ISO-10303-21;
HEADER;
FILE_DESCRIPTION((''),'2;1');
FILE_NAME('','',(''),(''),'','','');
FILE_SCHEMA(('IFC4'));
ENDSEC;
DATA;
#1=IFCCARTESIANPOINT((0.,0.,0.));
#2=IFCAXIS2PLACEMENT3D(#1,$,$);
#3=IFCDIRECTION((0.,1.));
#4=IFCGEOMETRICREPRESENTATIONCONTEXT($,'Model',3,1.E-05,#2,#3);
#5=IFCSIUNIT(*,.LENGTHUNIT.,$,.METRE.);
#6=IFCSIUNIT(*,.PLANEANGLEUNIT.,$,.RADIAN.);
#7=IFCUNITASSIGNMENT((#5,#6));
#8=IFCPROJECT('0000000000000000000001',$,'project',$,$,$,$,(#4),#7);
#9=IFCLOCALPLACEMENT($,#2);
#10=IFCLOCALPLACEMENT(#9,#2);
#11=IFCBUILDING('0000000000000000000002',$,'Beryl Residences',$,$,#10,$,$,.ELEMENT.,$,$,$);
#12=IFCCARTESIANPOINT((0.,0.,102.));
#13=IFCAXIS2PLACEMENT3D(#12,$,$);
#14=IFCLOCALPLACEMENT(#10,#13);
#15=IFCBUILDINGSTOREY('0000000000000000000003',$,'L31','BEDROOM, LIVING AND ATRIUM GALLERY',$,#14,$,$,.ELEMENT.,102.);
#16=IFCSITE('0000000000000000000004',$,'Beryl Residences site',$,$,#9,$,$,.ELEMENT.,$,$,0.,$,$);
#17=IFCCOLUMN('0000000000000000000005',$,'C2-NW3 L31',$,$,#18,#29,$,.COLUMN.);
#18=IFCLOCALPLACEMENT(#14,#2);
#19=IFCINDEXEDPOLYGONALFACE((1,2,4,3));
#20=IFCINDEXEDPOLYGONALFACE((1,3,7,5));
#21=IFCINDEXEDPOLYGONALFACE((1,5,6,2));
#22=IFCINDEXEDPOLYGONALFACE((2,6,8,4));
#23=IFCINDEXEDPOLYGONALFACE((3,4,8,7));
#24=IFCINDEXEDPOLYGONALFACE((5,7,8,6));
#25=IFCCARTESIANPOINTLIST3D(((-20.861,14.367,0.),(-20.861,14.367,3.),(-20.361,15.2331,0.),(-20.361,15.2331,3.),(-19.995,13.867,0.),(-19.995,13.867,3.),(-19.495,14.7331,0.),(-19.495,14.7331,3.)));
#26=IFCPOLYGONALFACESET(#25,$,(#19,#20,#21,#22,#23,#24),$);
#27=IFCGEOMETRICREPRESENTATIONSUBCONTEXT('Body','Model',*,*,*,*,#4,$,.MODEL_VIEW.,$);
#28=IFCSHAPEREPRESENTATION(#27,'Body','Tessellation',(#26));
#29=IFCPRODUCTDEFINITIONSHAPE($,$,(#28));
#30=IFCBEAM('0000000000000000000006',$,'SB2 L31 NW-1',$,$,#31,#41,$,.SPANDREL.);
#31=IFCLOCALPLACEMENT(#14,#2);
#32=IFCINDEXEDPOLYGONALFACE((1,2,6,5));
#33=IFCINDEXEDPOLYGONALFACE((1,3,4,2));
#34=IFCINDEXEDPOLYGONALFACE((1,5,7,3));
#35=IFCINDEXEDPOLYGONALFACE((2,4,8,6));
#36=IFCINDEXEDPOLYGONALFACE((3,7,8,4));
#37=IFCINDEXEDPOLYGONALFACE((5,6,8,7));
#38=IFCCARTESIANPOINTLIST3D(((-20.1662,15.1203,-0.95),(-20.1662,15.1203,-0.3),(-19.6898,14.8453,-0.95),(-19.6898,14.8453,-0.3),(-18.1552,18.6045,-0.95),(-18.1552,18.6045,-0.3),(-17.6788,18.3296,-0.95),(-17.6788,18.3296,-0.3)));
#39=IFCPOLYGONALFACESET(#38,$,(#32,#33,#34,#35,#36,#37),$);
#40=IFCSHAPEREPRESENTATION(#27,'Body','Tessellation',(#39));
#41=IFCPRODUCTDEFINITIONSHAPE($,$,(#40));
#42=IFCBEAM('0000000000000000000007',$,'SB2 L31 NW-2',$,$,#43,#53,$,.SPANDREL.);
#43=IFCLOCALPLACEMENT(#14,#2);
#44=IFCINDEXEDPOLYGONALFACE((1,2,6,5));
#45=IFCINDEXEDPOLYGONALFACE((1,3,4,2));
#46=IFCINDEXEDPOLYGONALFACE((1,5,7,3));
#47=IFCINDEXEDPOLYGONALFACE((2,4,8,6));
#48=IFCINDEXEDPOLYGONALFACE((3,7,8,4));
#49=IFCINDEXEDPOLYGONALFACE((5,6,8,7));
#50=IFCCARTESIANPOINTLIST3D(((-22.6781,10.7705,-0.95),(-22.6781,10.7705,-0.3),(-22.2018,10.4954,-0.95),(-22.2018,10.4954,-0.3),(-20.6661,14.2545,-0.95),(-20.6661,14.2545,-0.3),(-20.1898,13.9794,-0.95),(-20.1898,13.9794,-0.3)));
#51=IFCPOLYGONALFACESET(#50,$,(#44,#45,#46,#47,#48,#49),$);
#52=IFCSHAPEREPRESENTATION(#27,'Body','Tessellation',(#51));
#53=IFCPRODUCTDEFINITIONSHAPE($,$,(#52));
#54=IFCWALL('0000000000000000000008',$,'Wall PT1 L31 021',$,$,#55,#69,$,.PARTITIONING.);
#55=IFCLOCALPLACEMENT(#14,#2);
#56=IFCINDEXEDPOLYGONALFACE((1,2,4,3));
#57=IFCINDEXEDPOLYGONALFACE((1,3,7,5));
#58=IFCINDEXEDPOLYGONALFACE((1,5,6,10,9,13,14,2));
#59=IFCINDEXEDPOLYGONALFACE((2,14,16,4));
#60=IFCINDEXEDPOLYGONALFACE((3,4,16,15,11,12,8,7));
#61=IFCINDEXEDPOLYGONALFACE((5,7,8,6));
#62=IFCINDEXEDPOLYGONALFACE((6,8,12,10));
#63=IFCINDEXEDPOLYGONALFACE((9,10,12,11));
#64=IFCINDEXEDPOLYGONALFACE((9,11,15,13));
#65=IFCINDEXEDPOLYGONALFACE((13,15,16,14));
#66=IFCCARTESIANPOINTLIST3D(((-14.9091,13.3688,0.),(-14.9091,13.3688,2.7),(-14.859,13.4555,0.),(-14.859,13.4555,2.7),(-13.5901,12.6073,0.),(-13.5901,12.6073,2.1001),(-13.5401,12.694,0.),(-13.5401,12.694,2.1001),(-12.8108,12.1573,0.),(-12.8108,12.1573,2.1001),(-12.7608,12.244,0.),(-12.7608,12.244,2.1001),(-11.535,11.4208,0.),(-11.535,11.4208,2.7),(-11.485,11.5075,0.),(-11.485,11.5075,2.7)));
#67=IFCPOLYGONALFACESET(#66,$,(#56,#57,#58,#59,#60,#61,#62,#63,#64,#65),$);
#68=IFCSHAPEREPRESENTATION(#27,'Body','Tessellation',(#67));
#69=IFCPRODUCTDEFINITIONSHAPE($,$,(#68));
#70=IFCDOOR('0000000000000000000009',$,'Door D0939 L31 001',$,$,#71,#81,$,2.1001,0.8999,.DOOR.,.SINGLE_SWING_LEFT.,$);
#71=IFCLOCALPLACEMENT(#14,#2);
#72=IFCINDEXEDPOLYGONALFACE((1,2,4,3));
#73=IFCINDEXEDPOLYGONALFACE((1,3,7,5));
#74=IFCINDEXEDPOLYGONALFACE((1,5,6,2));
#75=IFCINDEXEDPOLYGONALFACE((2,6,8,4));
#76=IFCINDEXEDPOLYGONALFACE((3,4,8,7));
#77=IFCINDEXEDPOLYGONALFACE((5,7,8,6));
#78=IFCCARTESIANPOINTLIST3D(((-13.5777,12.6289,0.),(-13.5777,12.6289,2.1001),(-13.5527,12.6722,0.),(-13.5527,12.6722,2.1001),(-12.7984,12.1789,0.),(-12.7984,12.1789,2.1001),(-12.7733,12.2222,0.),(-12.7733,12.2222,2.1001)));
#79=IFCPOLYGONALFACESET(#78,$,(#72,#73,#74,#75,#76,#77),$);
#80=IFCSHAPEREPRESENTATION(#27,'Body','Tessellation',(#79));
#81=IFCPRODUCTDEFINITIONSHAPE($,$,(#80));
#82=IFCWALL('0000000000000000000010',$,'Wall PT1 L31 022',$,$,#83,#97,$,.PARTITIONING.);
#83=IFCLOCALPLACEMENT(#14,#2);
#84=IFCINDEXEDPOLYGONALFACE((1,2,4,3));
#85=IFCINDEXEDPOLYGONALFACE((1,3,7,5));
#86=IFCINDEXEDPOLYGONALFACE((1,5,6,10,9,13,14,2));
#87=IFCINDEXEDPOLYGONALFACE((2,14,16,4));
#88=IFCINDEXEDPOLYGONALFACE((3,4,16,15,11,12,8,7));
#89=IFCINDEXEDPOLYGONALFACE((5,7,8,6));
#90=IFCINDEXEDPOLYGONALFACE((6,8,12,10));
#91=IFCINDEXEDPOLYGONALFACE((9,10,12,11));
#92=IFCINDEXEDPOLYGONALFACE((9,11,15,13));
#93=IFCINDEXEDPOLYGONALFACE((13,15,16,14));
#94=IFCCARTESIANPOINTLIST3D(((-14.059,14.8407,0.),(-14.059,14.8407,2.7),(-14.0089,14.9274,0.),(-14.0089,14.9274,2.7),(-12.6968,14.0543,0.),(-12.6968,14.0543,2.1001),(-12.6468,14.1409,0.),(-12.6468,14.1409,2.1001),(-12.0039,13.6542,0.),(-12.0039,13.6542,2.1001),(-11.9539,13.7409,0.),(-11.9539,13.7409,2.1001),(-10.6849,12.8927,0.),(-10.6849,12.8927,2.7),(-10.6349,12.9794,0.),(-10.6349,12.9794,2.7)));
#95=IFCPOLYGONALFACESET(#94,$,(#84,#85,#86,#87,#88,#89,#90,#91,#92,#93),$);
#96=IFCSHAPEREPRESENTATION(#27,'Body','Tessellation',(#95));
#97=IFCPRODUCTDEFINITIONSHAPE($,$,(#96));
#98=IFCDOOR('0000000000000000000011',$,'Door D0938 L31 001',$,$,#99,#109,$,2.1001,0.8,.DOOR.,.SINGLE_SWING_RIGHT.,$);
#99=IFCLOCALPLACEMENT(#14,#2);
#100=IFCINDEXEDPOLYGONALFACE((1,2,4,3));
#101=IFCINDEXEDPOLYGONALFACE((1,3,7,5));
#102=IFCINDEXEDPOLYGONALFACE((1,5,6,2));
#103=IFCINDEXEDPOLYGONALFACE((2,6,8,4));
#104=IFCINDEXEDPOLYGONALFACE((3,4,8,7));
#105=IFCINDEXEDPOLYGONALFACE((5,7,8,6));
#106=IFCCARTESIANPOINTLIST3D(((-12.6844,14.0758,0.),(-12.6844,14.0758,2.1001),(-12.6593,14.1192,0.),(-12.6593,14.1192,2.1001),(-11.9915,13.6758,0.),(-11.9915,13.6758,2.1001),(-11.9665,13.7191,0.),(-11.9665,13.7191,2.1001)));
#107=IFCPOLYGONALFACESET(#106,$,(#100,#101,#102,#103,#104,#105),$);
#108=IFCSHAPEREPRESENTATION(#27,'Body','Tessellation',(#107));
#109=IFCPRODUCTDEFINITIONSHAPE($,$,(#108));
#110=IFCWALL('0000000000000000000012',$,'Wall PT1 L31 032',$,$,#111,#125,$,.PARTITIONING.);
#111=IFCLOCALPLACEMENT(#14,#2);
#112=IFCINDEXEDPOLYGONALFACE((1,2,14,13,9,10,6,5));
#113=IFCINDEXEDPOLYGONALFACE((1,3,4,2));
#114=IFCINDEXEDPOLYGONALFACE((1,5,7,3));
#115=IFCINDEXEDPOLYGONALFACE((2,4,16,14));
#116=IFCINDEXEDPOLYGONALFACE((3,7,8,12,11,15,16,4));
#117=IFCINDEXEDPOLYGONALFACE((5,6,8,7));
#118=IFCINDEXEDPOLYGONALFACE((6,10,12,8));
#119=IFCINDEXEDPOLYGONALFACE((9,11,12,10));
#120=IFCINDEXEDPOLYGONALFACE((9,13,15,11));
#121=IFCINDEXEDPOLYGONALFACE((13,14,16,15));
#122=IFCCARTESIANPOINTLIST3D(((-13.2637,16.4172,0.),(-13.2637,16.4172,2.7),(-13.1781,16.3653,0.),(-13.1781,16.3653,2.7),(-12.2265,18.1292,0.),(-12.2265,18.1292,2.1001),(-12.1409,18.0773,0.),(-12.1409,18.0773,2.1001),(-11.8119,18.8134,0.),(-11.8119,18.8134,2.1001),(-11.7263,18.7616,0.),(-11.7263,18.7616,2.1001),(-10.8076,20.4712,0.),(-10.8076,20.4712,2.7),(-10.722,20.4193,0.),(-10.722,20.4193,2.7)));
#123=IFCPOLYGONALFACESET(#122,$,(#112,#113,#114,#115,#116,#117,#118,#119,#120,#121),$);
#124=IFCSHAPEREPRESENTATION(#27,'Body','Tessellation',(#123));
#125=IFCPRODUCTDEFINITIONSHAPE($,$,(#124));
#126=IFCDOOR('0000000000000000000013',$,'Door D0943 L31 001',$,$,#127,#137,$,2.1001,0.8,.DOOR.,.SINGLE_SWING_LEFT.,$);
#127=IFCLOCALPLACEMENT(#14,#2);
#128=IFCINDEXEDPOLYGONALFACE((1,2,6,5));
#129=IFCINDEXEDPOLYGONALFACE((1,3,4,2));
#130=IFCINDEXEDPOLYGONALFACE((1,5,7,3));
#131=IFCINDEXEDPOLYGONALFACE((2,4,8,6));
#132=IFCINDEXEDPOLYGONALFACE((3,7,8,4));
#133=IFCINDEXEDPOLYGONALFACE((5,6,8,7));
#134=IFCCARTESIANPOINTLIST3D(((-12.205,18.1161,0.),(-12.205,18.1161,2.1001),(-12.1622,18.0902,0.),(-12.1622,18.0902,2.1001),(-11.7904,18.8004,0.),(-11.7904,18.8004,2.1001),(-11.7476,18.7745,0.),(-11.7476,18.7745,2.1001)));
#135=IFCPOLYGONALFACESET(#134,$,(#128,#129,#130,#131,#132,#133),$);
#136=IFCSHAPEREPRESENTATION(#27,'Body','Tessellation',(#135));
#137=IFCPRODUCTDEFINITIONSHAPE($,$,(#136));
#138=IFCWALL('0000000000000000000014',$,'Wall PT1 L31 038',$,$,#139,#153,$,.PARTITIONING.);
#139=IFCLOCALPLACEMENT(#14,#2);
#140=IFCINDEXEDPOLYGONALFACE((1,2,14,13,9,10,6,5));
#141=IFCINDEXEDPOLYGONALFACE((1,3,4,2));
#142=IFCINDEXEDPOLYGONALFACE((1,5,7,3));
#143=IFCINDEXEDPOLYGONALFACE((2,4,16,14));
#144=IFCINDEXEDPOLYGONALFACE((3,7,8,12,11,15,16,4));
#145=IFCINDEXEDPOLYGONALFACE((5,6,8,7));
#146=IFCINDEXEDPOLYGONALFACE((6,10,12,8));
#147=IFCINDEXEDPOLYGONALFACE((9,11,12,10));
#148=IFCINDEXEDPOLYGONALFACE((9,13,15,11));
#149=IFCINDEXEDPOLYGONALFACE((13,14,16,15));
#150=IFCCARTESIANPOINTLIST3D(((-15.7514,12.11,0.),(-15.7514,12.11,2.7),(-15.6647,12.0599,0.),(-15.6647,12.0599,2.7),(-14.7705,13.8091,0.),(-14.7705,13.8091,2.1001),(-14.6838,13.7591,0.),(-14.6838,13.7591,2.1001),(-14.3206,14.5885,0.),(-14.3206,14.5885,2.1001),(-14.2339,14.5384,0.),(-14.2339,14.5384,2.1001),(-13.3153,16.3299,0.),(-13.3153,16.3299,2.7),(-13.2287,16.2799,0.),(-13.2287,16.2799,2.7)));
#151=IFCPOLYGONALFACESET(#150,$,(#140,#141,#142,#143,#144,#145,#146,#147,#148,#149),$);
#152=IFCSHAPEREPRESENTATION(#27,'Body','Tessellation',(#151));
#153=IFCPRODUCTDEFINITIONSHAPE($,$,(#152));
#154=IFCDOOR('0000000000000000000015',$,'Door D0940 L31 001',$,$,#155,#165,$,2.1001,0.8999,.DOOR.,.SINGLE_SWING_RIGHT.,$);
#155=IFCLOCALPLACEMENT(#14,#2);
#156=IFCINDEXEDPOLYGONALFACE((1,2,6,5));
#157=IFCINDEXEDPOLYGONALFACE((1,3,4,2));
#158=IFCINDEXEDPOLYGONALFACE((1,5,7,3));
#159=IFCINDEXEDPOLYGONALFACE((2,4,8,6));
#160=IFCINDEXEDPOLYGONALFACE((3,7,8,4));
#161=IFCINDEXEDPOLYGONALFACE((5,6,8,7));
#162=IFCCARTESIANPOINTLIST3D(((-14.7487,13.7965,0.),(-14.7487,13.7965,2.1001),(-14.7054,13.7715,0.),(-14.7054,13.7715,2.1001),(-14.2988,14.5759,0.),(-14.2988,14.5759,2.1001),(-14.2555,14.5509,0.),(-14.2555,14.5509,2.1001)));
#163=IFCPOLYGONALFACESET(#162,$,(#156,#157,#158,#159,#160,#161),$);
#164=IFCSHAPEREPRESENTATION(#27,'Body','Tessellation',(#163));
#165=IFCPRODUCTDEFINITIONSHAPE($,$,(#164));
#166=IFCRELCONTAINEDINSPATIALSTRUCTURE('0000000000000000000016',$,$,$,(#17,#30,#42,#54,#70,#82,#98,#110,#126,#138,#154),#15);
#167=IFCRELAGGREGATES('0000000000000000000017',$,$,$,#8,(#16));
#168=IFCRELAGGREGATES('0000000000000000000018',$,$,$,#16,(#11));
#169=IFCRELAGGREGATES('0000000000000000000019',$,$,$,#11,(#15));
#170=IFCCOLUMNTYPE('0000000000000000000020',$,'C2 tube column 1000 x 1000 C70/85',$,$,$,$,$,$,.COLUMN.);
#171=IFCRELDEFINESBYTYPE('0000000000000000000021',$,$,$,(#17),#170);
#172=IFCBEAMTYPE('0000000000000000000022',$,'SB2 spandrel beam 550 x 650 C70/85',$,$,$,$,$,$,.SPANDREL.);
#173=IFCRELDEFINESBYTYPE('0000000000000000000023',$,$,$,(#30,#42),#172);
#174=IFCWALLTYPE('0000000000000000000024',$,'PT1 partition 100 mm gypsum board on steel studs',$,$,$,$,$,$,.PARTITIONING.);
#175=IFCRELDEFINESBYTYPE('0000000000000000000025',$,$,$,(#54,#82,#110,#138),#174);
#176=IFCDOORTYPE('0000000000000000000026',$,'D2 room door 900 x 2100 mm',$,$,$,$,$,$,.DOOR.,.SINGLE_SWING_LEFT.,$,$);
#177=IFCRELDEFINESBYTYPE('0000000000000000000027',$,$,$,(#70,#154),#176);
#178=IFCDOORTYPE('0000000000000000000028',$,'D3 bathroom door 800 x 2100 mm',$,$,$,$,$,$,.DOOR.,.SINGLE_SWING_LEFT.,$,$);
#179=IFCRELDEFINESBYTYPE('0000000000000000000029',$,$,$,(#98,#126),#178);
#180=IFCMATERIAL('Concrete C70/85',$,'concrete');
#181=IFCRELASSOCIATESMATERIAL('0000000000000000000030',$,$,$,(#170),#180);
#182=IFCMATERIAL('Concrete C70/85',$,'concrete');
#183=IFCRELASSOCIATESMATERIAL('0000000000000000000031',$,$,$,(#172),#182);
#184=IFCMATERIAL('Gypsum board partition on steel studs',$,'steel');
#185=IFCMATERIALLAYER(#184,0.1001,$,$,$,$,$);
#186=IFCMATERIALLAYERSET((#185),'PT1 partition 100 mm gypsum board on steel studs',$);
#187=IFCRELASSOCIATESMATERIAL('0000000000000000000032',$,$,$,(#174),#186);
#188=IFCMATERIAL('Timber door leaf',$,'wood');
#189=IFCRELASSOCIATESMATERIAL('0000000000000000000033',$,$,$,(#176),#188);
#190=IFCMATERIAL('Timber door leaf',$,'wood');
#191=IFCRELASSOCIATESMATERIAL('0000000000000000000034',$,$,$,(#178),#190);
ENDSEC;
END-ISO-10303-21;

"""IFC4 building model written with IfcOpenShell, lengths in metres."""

from ifc_helpers import new_model, si_unit, direction, frame, frame_2d, origin, origin_2d, place, context, subcontext, project, spatial, rectangle, extrude, material, layer, layer_set, material_profile, profile_set, type_object, element, fill, save


model = new_model("IFC4")

# Units and contexts
model_context = context("Model", 3, precision=1e-05, world=origin(), true_north=direction((0.0, 1.0)))
body_context = subcontext(model_context, "Body", "Model", "MODEL_VIEW")
ifc_project = project(units=[si_unit("LENGTHUNIT", "METRE"), si_unit("PLANEANGLEUNIT", "RADIAN")], contexts=[model_context])

# Site, building, storey
site_placement = place(None, origin())
site = spatial("IfcSite", under=ifc_project, at=site_placement, Name="Beryl Residences site", CompositionType="ELEMENT", RefElevation=0.0)
building_placement = place(site_placement, origin())
building = spatial("IfcBuilding", under=site, at=building_placement, Name="Beryl Residences", CompositionType="ELEMENT")
storey_placement = place(building_placement, frame((0.0, 0.0, 102.0)))
storey = spatial("IfcBuildingStorey", under=building, at=storey_placement, Name="L31", Description="BEDROOM, LIVING AND ATRIUM GALLERY", CompositionType="ELEMENT", Elevation=102.0)

# Column
ifc_material_1 = material(Name="Concrete C70/85", Category="concrete")
ifc_material_profile_1 = material_profile(ifc_material_1, rectangle(XDim=1.0, YDim=1.0, at=origin_2d()))
ifc_profile_set_1 = profile_set([ifc_material_profile_1], Name="Concrete C70/85")
column_type = type_object("IfcColumnType", Name="C2 tube column 1000 x 1000 C70/85", PredefinedType="COLUMN", material=ifc_profile_set_1)
column_placement = place(storey_placement, frame((-20.178, 14.55, 0.0), z_axis=(0.0, 0.0, 1.0), x_axis=(-0.5, -0.866025, 0.0)))
element("IfcColumn", 1, at=column_placement, inside=storey, type_object=column_type, Name="C2-NW3 L31", PredefinedType="COLUMN", context=body_context, shape_type="SweptSolid", body=[
    extrude(rectangle(XDim=1.0, YDim=1.0, at=origin_2d()), origin(), (0.0, 0.0, 1.0), 3.0),
])

# Beams
ifc_material_2 = material(Name="Concrete C70/85", Category="concrete")
ifc_material_profile_2 = material_profile(ifc_material_2, rectangle(XDim=0.55, YDim=0.6499, at=origin_2d()))
ifc_profile_set_2 = profile_set([ifc_material_profile_2], Name="Concrete C70/85")
beam_type = type_object("IfcBeamType", Name="SB2 spandrel beam 550 x 650 C70/85", PredefinedType="SPANDREL", material=ifc_profile_set_2)
beam_1_placement = place(storey_placement, frame((-17.917, 18.467, -0.625), z_axis=(-0.499892, -0.866088, 0.0), x_axis=(0.866088, -0.499892, 0.0)))
element("IfcBeam", 2, at=beam_1_placement, inside=storey, type_object=beam_type, Name="SB2 L31 NW-1", PredefinedType="SPANDREL", context=body_context, shape_type="SweptSolid", body=[
    extrude(rectangle(XDim=0.55, YDim=0.6499, at=origin_2d()), origin(), (0.0, 0.0, 1.0), 4.0229),
])
beam_2_placement = place(storey_placement, frame((-20.428, 14.1169, -0.625), z_axis=(-0.500101, -0.865967, 0.0), x_axis=(0.865967, -0.500101, 0.0)))
element("IfcBeam", 3, at=beam_2_placement, inside=storey, type_object=beam_type, Name="SB2 L31 NW-2", PredefinedType="SPANDREL", context=body_context, shape_type="SweptSolid", body=[
    extrude(rectangle(XDim=0.55, YDim=0.6499, at=origin_2d()), origin(), (0.0, 0.0, 1.0), 4.0232),
])

# Walls, openings, doors
ifc_material_3 = material(Name="Gypsum board partition on steel studs", Category="steel")
ifc_layer_1 = layer(ifc_material_3, 0.1001)
ifc_layer_set_1 = layer_set([ifc_layer_1], Name="PT1 partition 100 mm gypsum board on steel studs")
wall_type_1 = type_object("IfcWallType", Name="PT1 partition 100 mm gypsum board on steel studs", PredefinedType="PARTITIONING", material=ifc_layer_set_1)
wall_1_placement = place(storey_placement, frame((-14.884, 13.4121, 0.0), z_axis=(0.0, 0.0, 1.0), x_axis=(0.866025, -0.500001, 0.0)))
wall_1 = element("IfcWall", 4, at=wall_1_placement, inside=storey, type_object=wall_type_1, Name="Wall PT1 L31 021", PredefinedType="PARTITIONING", context=body_context, shape_type="SweptSolid", body=[
    extrude(rectangle(XDim=3.896, YDim=0.1001, at=frame_2d((1.948, 0.0))), origin(), (0.0, 0.0, 1.0), 2.7),
])
opening_1_placement = place(wall_1_placement, frame((1.5229, 0.0, 0.0)))
opening_1 = element("IfcOpeningElement", 5, at=opening_1_placement, cuts=wall_1, PredefinedType="OPENING", context=body_context, shape_type="SweptSolid", body=[
    extrude(rectangle(XDim=0.8999, YDim=2.1001, at=frame_2d((0.45, 1.05))), frame((0.0, 0.0601, 0.0), z_axis=(0.0, -1.0, 0.0), x_axis=(1.0, 0.0, 0.0)), (0.0, 0.0, 1.0), 0.1201),
])
ifc_material_4 = material(Name="Timber door leaf", Category="wood")
door_type_1 = type_object("IfcDoorType", Name="D2 room door 900 x 2100 mm", OperationType="SINGLE_SWING_LEFT", PredefinedType="DOOR", material=ifc_material_4)
door_1_placement = place(opening_1_placement, origin())
door_1 = element("IfcDoor", 6, at=door_1_placement, inside=storey, type_object=door_type_1, Name="Door D0939 L31 001", OperationType="SINGLE_SWING_LEFT", OverallHeight=2.1001, OverallWidth=0.8999, PredefinedType="DOOR", context=body_context, shape_type="SweptSolid", body=[
    extrude(rectangle(XDim=0.8999, YDim=2.1001, at=frame_2d((0.45, 1.05))), frame((0.0, 0.0249, 0.0), z_axis=(0.0, -1.0, 0.0), x_axis=(1.0, 0.0, 0.0)), (0.0, 0.0, 1.0), 0.05),
])
fill(opening_1, door_1)
wall_2_placement = place(storey_placement, frame((-14.0339, 14.884, 0.0), z_axis=(0.0, 0.0, 1.0), x_axis=(0.866025, -0.500001, 0.0)))
wall_2 = element("IfcWall", 7, at=wall_2_placement, inside=storey, type_object=wall_type_1, Name="Wall PT1 L31 022", PredefinedType="PARTITIONING", context=body_context, shape_type="SweptSolid", body=[
    extrude(rectangle(XDim=3.896, YDim=0.1001, at=frame_2d((1.948, 0.0))), origin(), (0.0, 0.0, 1.0), 2.7),
])
opening_2_placement = place(wall_2_placement, frame((1.573, 0.0, 0.0)))
opening_2 = element("IfcOpeningElement", 8, at=opening_2_placement, cuts=wall_2, PredefinedType="OPENING", context=body_context, shape_type="SweptSolid", body=[
    extrude(rectangle(XDim=0.8, YDim=2.1001, at=frame_2d((0.3999, 1.05))), frame((0.0, 0.0601, 0.0), z_axis=(0.0, -1.0, 0.0), x_axis=(1.0, 0.0, 0.0)), (0.0, 0.0, 1.0), 0.1201),
])
ifc_material_5 = material(Name="Timber door leaf", Category="wood")
door_type_2 = type_object("IfcDoorType", Name="D3 bathroom door 800 x 2100 mm", OperationType="SINGLE_SWING_LEFT", PredefinedType="DOOR", material=ifc_material_5)
door_2_placement = place(opening_2_placement, origin())
door_2 = element("IfcDoor", 9, at=door_2_placement, inside=storey, type_object=door_type_2, Name="Door D0938 L31 001", OperationType="SINGLE_SWING_RIGHT", OverallHeight=2.1001, OverallWidth=0.8, PredefinedType="DOOR", context=body_context, shape_type="SweptSolid", body=[
    extrude(rectangle(XDim=0.8, YDim=2.1001, at=frame_2d((0.3999, 1.05))), frame((0.0, 0.0249, 0.0), z_axis=(0.0, -1.0, 0.0), x_axis=(1.0, 0.0, 0.0)), (0.0, 0.0, 1.0), 0.05),
])
fill(opening_2, door_2)
wall_3_placement = place(storey_placement, frame((-13.2209, 16.3911, 0.0), z_axis=(0.0, 0.0, 1.0), x_axis=(0.518165, 0.855281, 0.0)))
wall_3 = element("IfcWall", 10, at=wall_3_placement, inside=storey, type_object=wall_type_1, Name="Wall PT1 L31 032", PredefinedType="PARTITIONING", context=body_context, shape_type="SweptSolid", body=[
    extrude(rectangle(XDim=4.74, YDim=0.1001, at=frame_2d((2.3701, 0.0))), origin(), (0.0, 0.0, 1.0), 2.7),
])
opening_3_placement = place(wall_3_placement, frame((2.002, 0.0, 0.0)))
opening_3 = element("IfcOpeningElement", 11, at=opening_3_placement, cuts=wall_3, PredefinedType="OPENING", context=body_context, shape_type="SweptSolid", body=[
    extrude(rectangle(XDim=0.8, YDim=2.1001, at=frame_2d((0.3999, 1.05))), frame((0.0, 0.0601, 0.0), z_axis=(0.0, -1.0, 0.0), x_axis=(1.0, 0.0, 0.0)), (0.0, 0.0, 1.0), 0.1201),
])
door_3_placement = place(opening_3_placement, origin())
door_3 = element("IfcDoor", 12, at=door_3_placement, inside=storey, type_object=door_type_2, Name="Door D0943 L31 001", OperationType="SINGLE_SWING_LEFT", OverallHeight=2.1001, OverallWidth=0.8, PredefinedType="DOOR", context=body_context, shape_type="SweptSolid", body=[
    extrude(rectangle(XDim=0.8, YDim=2.1001, at=frame_2d((0.3999, 1.05))), frame((0.0, 0.0249, 0.0), z_axis=(0.0, -1.0, 0.0), x_axis=(1.0, 0.0, 0.0)), (0.0, 0.0, 1.0), 0.05),
])
fill(opening_3, door_3)
wall_4_placement = place(storey_placement, frame((-15.708, 12.085, 0.0), z_axis=(0.0, 0.0, 1.0), x_axis=(0.499944, 0.866058, 0.0)))
wall_4 = element("IfcWall", 13, at=wall_4_placement, inside=storey, type_object=wall_type_1, Name="Wall PT1 L31 038", PredefinedType="PARTITIONING", context=body_context, shape_type="SweptSolid", body=[
    extrude(rectangle(XDim=4.8726, YDim=0.1001, at=frame_2d((2.4363, 0.0))), origin(), (0.0, 0.0, 1.0), 2.7),
])
opening_4_placement = place(wall_4_placement, frame((1.9619, 0.0, 0.0)))
opening_4 = element("IfcOpeningElement", 14, at=opening_4_placement, cuts=wall_4, PredefinedType="OPENING", context=body_context, shape_type="SweptSolid", body=[
    extrude(rectangle(XDim=0.8999, YDim=2.1001, at=frame_2d((0.45, 1.05))), frame((0.0, 0.0601, 0.0), z_axis=(0.0, -1.0, 0.0), x_axis=(1.0, 0.0, 0.0)), (0.0, 0.0, 1.0), 0.1201),
])
door_4_placement = place(opening_4_placement, origin())
door_4 = element("IfcDoor", 15, at=door_4_placement, inside=storey, type_object=door_type_1, Name="Door D0940 L31 001", OperationType="SINGLE_SWING_RIGHT", OverallHeight=2.1001, OverallWidth=0.8999, PredefinedType="DOOR", context=body_context, shape_type="SweptSolid", body=[
    extrude(rectangle(XDim=0.8999, YDim=2.1001, at=frame_2d((0.45, 1.05))), frame((0.0, 0.0249, 0.0), z_axis=(0.0, -1.0, 0.0), x_axis=(1.0, 0.0, 0.0)), (0.0, 0.0, 1.0), 0.05),
])
fill(opening_4, door_4)

save(model, "model.ifc")
